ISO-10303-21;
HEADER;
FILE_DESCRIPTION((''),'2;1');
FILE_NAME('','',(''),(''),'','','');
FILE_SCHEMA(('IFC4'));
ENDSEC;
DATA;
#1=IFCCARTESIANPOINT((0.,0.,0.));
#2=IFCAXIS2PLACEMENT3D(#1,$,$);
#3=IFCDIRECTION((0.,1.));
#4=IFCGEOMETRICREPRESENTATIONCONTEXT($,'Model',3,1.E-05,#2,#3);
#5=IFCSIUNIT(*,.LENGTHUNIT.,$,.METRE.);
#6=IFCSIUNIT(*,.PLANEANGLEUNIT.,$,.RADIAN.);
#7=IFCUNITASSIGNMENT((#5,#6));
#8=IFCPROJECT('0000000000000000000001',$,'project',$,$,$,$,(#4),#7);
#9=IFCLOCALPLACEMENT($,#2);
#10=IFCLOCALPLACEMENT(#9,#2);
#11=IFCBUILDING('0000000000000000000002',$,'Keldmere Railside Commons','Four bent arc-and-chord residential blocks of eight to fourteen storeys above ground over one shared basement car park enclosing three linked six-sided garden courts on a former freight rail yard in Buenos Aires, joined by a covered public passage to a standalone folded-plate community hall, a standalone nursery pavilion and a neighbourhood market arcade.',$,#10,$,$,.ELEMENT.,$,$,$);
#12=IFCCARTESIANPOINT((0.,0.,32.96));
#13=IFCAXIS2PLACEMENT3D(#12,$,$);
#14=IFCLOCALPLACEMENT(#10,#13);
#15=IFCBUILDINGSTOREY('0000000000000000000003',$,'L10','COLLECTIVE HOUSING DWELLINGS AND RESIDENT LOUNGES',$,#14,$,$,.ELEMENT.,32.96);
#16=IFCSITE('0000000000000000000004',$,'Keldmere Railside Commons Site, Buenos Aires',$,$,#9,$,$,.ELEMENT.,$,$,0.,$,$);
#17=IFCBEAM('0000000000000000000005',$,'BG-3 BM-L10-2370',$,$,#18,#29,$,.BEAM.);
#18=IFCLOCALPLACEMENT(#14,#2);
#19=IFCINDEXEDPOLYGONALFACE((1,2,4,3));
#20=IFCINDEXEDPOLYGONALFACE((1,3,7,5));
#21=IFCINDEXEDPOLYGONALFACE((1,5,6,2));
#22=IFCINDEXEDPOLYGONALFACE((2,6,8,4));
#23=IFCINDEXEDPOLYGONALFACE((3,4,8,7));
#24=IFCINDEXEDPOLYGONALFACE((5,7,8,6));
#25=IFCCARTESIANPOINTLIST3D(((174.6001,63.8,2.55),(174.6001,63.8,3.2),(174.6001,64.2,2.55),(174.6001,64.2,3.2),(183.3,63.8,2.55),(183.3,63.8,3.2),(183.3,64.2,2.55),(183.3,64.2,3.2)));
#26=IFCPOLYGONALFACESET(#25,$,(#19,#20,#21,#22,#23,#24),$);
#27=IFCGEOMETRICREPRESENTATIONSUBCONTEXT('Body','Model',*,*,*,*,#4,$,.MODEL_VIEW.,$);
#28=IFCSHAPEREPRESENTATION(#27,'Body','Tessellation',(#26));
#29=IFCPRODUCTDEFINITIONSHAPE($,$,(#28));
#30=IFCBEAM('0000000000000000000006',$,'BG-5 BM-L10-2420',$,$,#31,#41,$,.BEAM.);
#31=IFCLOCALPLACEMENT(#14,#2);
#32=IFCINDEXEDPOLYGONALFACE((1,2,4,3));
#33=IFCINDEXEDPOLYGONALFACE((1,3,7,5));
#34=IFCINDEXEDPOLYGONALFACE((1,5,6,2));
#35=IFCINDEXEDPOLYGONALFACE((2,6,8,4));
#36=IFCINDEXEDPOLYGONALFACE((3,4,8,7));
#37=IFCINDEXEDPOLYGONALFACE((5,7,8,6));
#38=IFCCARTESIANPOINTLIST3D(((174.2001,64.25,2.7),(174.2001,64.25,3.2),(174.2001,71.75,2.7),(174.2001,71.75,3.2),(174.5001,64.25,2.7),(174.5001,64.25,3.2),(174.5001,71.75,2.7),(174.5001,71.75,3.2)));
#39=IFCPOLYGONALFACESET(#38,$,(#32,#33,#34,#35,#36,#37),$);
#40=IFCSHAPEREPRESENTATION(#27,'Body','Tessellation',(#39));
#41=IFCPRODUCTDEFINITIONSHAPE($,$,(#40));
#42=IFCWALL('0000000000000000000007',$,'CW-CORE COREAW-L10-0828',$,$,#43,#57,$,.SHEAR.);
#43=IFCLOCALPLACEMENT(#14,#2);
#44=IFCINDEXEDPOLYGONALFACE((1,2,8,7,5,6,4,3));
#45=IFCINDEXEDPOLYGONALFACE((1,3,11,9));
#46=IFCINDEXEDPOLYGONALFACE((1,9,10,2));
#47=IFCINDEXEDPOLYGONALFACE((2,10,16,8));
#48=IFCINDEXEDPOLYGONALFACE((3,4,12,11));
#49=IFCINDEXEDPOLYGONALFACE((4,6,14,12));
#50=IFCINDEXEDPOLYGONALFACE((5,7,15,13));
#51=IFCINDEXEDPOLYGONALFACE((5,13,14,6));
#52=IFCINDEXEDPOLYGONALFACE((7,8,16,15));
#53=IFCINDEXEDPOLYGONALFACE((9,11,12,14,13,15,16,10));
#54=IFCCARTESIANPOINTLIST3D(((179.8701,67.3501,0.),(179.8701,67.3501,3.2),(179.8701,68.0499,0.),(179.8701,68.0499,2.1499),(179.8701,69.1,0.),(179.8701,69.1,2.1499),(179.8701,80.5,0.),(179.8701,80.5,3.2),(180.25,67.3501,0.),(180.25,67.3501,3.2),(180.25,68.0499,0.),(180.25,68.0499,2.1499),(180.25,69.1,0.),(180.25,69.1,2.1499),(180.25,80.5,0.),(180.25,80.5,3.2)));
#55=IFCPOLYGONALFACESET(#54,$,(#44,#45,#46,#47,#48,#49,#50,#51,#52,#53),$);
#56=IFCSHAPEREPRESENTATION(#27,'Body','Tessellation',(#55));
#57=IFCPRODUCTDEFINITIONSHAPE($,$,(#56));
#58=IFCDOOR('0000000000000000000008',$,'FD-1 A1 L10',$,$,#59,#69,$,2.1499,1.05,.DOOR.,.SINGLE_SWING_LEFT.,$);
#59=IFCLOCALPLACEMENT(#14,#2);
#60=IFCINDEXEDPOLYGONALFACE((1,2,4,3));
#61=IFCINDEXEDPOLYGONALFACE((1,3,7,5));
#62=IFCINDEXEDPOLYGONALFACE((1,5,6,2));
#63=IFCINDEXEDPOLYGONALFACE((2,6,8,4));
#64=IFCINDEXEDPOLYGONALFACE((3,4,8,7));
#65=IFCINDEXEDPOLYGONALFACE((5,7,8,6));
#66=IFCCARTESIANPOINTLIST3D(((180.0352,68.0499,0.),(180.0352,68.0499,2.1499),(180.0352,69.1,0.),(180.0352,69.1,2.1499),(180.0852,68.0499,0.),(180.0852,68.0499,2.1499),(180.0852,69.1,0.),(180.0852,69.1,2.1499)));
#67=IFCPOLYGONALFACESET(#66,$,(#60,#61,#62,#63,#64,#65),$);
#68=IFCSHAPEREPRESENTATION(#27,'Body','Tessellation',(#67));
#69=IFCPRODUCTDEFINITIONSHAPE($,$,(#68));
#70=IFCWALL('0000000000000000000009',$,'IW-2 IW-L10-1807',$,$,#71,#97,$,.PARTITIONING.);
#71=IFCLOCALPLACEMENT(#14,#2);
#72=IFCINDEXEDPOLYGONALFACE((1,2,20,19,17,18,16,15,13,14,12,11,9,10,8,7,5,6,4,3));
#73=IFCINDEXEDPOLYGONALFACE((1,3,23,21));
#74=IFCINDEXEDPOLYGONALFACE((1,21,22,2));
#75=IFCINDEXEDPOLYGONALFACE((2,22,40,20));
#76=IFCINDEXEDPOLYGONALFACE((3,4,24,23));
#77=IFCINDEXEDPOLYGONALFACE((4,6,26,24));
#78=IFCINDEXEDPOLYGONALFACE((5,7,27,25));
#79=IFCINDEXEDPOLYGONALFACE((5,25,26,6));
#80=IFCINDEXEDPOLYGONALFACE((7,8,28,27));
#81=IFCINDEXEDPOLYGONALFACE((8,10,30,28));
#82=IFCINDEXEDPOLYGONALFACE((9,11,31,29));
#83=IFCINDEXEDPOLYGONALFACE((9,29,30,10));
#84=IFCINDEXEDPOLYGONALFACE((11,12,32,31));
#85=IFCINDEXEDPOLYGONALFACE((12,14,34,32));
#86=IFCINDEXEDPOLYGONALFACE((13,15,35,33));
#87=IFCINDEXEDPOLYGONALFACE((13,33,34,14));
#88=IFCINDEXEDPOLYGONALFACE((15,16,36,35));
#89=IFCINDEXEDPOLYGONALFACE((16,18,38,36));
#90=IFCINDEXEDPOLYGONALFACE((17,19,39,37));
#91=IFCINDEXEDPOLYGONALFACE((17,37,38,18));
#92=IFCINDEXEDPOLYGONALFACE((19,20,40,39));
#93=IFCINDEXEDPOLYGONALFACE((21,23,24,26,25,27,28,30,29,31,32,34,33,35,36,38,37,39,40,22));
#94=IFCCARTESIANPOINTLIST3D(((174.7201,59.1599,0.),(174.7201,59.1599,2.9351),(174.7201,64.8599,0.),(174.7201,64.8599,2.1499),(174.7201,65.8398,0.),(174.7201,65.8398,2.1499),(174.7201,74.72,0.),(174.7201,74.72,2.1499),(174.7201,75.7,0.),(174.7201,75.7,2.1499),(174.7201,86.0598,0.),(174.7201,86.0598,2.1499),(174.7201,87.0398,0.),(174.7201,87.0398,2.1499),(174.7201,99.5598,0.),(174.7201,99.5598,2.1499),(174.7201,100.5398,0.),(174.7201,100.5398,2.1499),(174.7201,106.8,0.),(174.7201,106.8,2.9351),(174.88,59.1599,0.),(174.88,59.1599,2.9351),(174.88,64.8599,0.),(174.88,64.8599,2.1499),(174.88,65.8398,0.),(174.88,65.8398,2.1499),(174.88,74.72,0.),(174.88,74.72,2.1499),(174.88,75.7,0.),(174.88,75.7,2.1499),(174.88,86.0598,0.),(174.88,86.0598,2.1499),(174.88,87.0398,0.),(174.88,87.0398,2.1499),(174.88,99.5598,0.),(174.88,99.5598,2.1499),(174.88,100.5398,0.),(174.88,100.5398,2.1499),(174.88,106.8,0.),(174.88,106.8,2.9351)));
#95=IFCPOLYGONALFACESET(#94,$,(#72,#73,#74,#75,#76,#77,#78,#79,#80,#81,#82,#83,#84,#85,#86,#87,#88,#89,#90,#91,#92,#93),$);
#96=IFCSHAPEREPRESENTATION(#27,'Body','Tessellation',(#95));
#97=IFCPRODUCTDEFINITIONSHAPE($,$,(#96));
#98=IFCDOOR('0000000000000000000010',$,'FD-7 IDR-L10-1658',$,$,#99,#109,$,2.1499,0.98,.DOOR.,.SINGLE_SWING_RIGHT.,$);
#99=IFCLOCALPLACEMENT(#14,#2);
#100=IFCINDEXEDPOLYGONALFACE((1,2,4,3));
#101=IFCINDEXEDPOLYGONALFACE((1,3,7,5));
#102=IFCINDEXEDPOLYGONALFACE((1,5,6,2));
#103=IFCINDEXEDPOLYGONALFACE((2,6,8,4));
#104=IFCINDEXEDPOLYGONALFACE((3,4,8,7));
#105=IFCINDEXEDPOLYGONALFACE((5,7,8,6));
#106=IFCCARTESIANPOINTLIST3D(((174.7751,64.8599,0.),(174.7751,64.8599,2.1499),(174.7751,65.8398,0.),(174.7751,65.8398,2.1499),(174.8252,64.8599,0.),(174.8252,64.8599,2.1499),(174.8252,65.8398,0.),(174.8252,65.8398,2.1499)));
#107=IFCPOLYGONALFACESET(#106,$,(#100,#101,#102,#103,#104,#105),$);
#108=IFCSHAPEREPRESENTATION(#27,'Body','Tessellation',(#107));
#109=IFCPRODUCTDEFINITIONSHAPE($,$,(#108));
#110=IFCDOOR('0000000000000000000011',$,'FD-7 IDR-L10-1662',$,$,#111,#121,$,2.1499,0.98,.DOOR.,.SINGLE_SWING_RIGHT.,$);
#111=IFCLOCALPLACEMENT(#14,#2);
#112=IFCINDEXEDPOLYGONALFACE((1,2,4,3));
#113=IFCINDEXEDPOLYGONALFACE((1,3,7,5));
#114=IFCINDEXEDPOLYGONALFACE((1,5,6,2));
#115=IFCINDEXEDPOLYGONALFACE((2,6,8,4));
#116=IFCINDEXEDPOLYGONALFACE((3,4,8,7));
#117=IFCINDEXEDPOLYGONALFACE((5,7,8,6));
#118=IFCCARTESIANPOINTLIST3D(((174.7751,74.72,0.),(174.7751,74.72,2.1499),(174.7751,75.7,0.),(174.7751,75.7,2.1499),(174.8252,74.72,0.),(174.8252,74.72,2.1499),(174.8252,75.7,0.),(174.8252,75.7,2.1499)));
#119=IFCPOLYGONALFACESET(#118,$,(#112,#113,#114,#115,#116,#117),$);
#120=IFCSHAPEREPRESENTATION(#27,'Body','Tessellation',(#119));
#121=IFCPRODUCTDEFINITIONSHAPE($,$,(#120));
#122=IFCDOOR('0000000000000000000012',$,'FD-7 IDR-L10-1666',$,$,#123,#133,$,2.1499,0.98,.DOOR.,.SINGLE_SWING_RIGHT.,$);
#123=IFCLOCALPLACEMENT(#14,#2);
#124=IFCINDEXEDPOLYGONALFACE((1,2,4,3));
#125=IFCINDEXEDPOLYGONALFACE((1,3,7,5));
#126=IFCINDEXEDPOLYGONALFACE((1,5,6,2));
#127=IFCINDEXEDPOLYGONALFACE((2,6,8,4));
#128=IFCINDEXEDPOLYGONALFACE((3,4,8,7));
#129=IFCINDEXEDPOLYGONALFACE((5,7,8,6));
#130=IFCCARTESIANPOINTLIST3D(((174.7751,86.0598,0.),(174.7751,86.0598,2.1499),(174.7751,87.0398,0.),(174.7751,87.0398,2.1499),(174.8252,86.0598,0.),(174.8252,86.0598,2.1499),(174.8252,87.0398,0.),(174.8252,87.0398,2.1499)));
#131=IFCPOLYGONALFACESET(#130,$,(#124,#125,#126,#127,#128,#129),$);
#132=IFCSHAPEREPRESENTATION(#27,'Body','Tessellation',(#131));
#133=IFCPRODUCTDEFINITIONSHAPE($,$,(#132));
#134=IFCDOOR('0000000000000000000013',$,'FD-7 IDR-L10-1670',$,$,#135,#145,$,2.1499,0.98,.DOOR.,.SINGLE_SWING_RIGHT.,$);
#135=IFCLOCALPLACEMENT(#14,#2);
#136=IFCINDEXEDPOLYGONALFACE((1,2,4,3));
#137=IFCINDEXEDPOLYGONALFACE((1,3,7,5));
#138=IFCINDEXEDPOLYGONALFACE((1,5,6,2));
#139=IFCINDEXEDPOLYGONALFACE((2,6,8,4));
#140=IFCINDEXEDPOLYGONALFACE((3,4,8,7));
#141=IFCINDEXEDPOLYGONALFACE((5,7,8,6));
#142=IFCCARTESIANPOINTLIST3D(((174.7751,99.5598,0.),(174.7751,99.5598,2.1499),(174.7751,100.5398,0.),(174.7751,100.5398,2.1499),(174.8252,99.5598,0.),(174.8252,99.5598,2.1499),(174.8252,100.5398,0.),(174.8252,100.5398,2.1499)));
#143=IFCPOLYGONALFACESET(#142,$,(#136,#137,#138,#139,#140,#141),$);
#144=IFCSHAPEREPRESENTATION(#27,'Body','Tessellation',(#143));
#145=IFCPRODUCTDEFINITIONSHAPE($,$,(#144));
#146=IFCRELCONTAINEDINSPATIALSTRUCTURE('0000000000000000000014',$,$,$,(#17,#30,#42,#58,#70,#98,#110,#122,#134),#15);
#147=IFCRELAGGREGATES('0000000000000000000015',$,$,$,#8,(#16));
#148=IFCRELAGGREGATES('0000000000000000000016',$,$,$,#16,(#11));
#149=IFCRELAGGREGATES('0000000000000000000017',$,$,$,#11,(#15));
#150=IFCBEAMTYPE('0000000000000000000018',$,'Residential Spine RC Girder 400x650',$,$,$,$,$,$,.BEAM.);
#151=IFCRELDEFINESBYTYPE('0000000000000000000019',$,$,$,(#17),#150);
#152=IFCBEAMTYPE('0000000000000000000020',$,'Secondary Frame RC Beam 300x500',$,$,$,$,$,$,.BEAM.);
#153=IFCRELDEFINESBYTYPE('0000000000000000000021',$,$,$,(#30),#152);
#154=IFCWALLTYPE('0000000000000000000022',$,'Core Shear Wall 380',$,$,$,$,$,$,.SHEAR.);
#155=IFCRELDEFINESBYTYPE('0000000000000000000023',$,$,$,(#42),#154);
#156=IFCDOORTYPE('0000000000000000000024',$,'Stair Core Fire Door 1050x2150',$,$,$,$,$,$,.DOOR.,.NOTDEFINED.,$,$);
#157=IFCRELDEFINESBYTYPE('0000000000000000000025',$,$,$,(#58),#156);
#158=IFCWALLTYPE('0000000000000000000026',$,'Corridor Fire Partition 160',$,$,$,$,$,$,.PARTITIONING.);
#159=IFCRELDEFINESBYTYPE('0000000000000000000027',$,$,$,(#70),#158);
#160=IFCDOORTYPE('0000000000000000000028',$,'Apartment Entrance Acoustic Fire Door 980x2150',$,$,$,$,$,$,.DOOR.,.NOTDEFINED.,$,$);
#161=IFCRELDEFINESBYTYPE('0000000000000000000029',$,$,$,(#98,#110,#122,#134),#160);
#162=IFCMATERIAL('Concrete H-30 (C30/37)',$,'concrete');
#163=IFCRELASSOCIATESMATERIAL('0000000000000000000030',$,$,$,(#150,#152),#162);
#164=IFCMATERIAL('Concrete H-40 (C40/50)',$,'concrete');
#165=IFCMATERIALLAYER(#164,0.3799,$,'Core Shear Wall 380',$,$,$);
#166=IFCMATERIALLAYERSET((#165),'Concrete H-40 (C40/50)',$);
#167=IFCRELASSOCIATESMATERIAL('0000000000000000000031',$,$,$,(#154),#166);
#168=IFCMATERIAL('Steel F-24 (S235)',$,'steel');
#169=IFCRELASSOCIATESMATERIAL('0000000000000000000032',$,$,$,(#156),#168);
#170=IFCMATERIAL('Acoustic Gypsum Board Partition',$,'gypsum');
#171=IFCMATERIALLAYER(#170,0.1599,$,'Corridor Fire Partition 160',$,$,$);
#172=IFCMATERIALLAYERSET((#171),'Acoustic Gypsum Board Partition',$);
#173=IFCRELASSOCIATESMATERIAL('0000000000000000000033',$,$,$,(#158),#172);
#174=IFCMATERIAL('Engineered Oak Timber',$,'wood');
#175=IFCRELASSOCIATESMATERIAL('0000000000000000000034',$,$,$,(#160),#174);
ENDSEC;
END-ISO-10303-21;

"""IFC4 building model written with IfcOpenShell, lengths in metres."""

from ifc_helpers import new_model, si_unit, direction, frame, frame_2d, origin, origin_2d, place, context, subcontext, project, spatial, rectangle, extrude, material, layer, layer_set, material_profile, profile_set, type_object, element, fill, save


model = new_model("IFC4")

# Units and contexts
model_context = context("Model", 3, precision=1e-05, world=origin(), true_north=direction((0.0, 1.0)))
body_context = subcontext(model_context, "Body", "Model", "MODEL_VIEW")
ifc_project = project(units=[si_unit("LENGTHUNIT", "METRE"), si_unit("PLANEANGLEUNIT", "RADIAN")], contexts=[model_context])

# Site, building, storey
site_placement = place(None, origin())
site = spatial("IfcSite", under=ifc_project, at=site_placement, Name="Keldmere Railside Commons Site, Buenos Aires", CompositionType="ELEMENT", RefElevation=0.0)
building_placement = place(site_placement, origin())
building = spatial("IfcBuilding", under=site, at=building_placement, Name="Keldmere Railside Commons", Description="Four bent arc-and-chord residential blocks of eight to fourteen storeys above ground over one shared basement car park enclosing three linked six-sided garden courts on a former freight rail yard in Buenos Aires, joined by a covered public passage to a standalone folded-plate community hall, a standalone nursery pavilion and a neighbourhood market arcade.", CompositionType="ELEMENT")
storey_placement = place(building_placement, frame((0.0, 0.0, 32.96)))
storey = spatial("IfcBuildingStorey", under=building, at=storey_placement, Name="L10", Description="COLLECTIVE HOUSING DWELLINGS AND RESIDENT LOUNGES", CompositionType="ELEMENT", Elevation=32.96)

# Beams
ifc_material_1 = material(Name="Concrete H-30 (C30/37)", Category="concrete")
ifc_material_profile_1 = material_profile(ifc_material_1, rectangle(XDim=0.3999, YDim=0.6499, at=origin_2d()), Name="RC-400x650")
ifc_profile_set_1 = profile_set([ifc_material_profile_1], Name="Concrete H-30 (C30/37)")
beam_type_1 = type_object("IfcBeamType", Name="Residential Spine RC Girder 400x650", PredefinedType="BEAM", material=ifc_profile_set_1)
beam_1_placement = place(storey_placement, frame((174.6001, 64.0, 2.875), z_axis=(1.0, 0.0, 0.0), x_axis=(0.0, 1.0, 0.0)))
element("IfcBeam", 1, at=beam_1_placement, inside=storey, type_object=beam_type_1, Name="BG-3 BM-L10-2370", PredefinedType="BEAM", context=body_context, shape_type="SweptSolid", body=[
    extrude(rectangle(XDim=0.3999, YDim=0.6499, at=origin_2d()), origin(), (0.0, 0.0, 1.0), 8.7),
])
ifc_material_profile_2 = material_profile(ifc_material_1, rectangle(XDim=0.3, YDim=0.5, at=origin_2d()), Name="RC-300x500")
ifc_profile_set_2 = profile_set([ifc_material_profile_2], Name="Concrete H-30 (C30/37)")
beam_type_2 = type_object("IfcBeamType", Name="Secondary Frame RC Beam 300x500", PredefinedType="BEAM", material=ifc_profile_set_2)
beam_2_placement = place(storey_placement, frame((174.3501, 64.25, 2.95), z_axis=(0.0, 1.0, 0.0), x_axis=(-1.0, 0.0, 0.0)))
element("IfcBeam", 2, at=beam_2_placement, inside=storey, type_object=beam_type_2, Name="BG-5 BM-L10-2420", PredefinedType="BEAM", context=body_context, shape_type="SweptSolid", body=[
    extrude(rectangle(XDim=0.3, YDim=0.5, at=origin_2d()), origin(), (0.0, 0.0, 1.0), 7.5),
])

# Wall, opening, door
ifc_material_2 = material(Name="Concrete H-40 (C40/50)", Category="concrete")
ifc_layer_1 = layer(ifc_material_2, 0.3799, Name="Core Shear Wall 380")
ifc_layer_set_1 = layer_set([ifc_layer_1], Name="Concrete H-40 (C40/50)")
wall_type_1 = type_object("IfcWallType", Name="Core Shear Wall 380", PredefinedType="SHEAR", material=ifc_layer_set_1)
wall_1_placement = place(storey_placement, frame((180.0601, 67.3501, 0.0), z_axis=(0.0, 0.0, 1.0), x_axis=(0.0, 1.0, 0.0)))
wall_1 = element("IfcWall", 3, at=wall_1_placement, inside=storey, type_object=wall_type_1, Name="CW-CORE COREAW-L10-0828", PredefinedType="SHEAR", context=body_context, shape_type="SweptSolid", body=[
    extrude(rectangle(XDim=13.1499, YDim=0.3799, at=frame_2d((6.575, 0.0))), origin(), (0.0, 0.0, 1.0), 3.2),
])
opening_1_placement = place(wall_1_placement, frame((0.7, 0.0, 0.0)))
opening_1 = element("IfcOpeningElement", 4, at=opening_1_placement, cuts=wall_1, PredefinedType="OPENING", context=body_context, shape_type="SweptSolid", body=[
    extrude(rectangle(XDim=1.05, YDim=2.1499, at=frame_2d((0.5249, 1.075))), frame((0.0, 0.2, 0.0), z_axis=(0.0, -1.0, 0.0), x_axis=(1.0, 0.0, 0.0)), (0.0, 0.0, 1.0), 0.3999),
])
ifc_material_3 = material(Name="Steel F-24 (S235)", Category="steel")
door_type_1 = type_object("IfcDoorType", Name="Stair Core Fire Door 1050x2150", OperationType="NOTDEFINED", PredefinedType="DOOR", material=ifc_material_3)
door_1_placement = place(opening_1_placement, origin())
door_1 = element("IfcDoor", 5, at=door_1_placement, inside=storey, type_object=door_type_1, Name="FD-1 A1 L10", OperationType="SINGLE_SWING_LEFT", OverallHeight=2.1499, OverallWidth=1.05, PredefinedType="DOOR", context=body_context, shape_type="SweptSolid", body=[
    extrude(rectangle(XDim=1.05, YDim=2.1499, at=frame_2d((0.5249, 1.075))), frame((0.0, 0.0249, 0.0), z_axis=(0.0, -1.0, 0.0), x_axis=(1.0, 0.0, 0.0)), (0.0, 0.0, 1.0), 0.05),
])
fill(opening_1, door_1)

# Wall, openings, doors
ifc_material_4 = material(Name="Acoustic Gypsum Board Partition", Category="gypsum")
ifc_layer_2 = layer(ifc_material_4, 0.1599, Name="Corridor Fire Partition 160")
ifc_layer_set_2 = layer_set([ifc_layer_2], Name="Acoustic Gypsum Board Partition")
wall_type_2 = type_object("IfcWallType", Name="Corridor Fire Partition 160", PredefinedType="PARTITIONING", material=ifc_layer_set_2)
wall_2_placement = place(storey_placement, frame((174.8, 59.1599, 0.0), z_axis=(0.0, 0.0, 1.0), x_axis=(0.0, 1.0, 0.0)))
wall_2 = element("IfcWall", 6, at=wall_2_placement, inside=storey, type_object=wall_type_2, Name="IW-2 IW-L10-1807", PredefinedType="PARTITIONING", context=body_context, shape_type="SweptSolid", body=[
    extrude(rectangle(XDim=47.6401, YDim=0.1599, at=frame_2d((23.8201, 0.0))), origin(), (0.0, 0.0, 1.0), 2.9351),
])
opening_2_placement = place(wall_2_placement, frame((5.7, 0.0, 0.0)))
opening_2 = element("IfcOpeningElement", 7, at=opening_2_placement, cuts=wall_2, PredefinedType="OPENING", context=body_context, shape_type="SweptSolid", body=[
    extrude(rectangle(XDim=0.98, YDim=2.1499, at=frame_2d((0.49, 1.075))), frame((0.0, 0.0898, 0.0), z_axis=(0.0, -1.0, 0.0), x_axis=(1.0, 0.0, 0.0)), (0.0, 0.0, 1.0), 0.1799),
])
opening_3_placement = place(wall_2_placement, frame((15.5601, 0.0, 0.0)))
opening_3 = element("IfcOpeningElement", 8, at=opening_3_placement, cuts=wall_2, PredefinedType="OPENING", context=body_context, shape_type="SweptSolid", body=[
    extrude(rectangle(XDim=0.98, YDim=2.1499, at=frame_2d((0.49, 1.075))), frame((0.0, 0.0898, 0.0), z_axis=(0.0, -1.0, 0.0), x_axis=(1.0, 0.0, 0.0)), (0.0, 0.0, 1.0), 0.1799),
])
opening_4_placement = place(wall_2_placement, frame((26.8999, 0.0, 0.0)))
opening_4 = element("IfcOpeningElement", 9, at=opening_4_placement, cuts=wall_2, PredefinedType="OPENING", context=body_context, shape_type="SweptSolid", body=[
    extrude(rectangle(XDim=0.98, YDim=2.1499, at=frame_2d((0.49, 1.075))), frame((0.0, 0.0898, 0.0), z_axis=(0.0, -1.0, 0.0), x_axis=(1.0, 0.0, 0.0)), (0.0, 0.0, 1.0), 0.1799),
])
opening_5_placement = place(wall_2_placement, frame((40.3999, 0.0, 0.0)))
opening_5 = element("IfcOpeningElement", 10, at=opening_5_placement, cuts=wall_2, PredefinedType="OPENING", context=body_context, shape_type="SweptSolid", body=[
    extrude(rectangle(XDim=0.98, YDim=2.1499, at=frame_2d((0.49, 1.075))), frame((0.0, 0.0898, 0.0), z_axis=(0.0, -1.0, 0.0), x_axis=(1.0, 0.0, 0.0)), (0.0, 0.0, 1.0), 0.1799),
])
ifc_material_5 = material(Name="Engineered Oak Timber", Category="wood")
door_type_2 = type_object("IfcDoorType", Name="Apartment Entrance Acoustic Fire Door 980x2150", OperationType="NOTDEFINED", PredefinedType="DOOR", material=ifc_material_5)
door_2_placement = place(opening_2_placement, origin())
door_2 = element("IfcDoor", 11, at=door_2_placement, inside=storey, type_object=door_type_2, Name="FD-7 IDR-L10-1658", OperationType="SINGLE_SWING_RIGHT", OverallHeight=2.1499, OverallWidth=0.98, PredefinedType="DOOR", context=body_context, shape_type="SweptSolid", body=[
    extrude(rectangle(XDim=0.98, YDim=2.1499, at=frame_2d((0.49, 1.075))), frame((0.0, 0.0249, 0.0), z_axis=(0.0, -1.0, 0.0), x_axis=(1.0, 0.0, 0.0)), (0.0, 0.0, 1.0), 0.05),
])
fill(opening_2, door_2)
door_3_placement = place(opening_3_placement, origin())
door_3 = element("IfcDoor", 12, at=door_3_placement, inside=storey, type_object=door_type_2, Name="FD-7 IDR-L10-1662", OperationType="SINGLE_SWING_RIGHT", OverallHeight=2.1499, OverallWidth=0.98, PredefinedType="DOOR", context=body_context, shape_type="SweptSolid", body=[
    extrude(rectangle(XDim=0.98, YDim=2.1499, at=frame_2d((0.49, 1.075))), frame((0.0, 0.0249, 0.0), z_axis=(0.0, -1.0, 0.0), x_axis=(1.0, 0.0, 0.0)), (0.0, 0.0, 1.0), 0.05),
])
fill(opening_3, door_3)
door_4_placement = place(opening_4_placement, origin())
door_4 = element("IfcDoor", 13, at=door_4_placement, inside=storey, type_object=door_type_2, Name="FD-7 IDR-L10-1666", OperationType="SINGLE_SWING_RIGHT", OverallHeight=2.1499, OverallWidth=0.98, PredefinedType="DOOR", context=body_context, shape_type="SweptSolid", body=[
    extrude(rectangle(XDim=0.98, YDim=2.1499, at=frame_2d((0.49, 1.075))), frame((0.0, 0.0249, 0.0), z_axis=(0.0, -1.0, 0.0), x_axis=(1.0, 0.0, 0.0)), (0.0, 0.0, 1.0), 0.05),
])
fill(opening_4, door_4)
door_5_placement = place(opening_5_placement, origin())
door_5 = element("IfcDoor", 14, at=door_5_placement, inside=storey, type_object=door_type_2, Name="FD-7 IDR-L10-1670", OperationType="SINGLE_SWING_RIGHT", OverallHeight=2.1499, OverallWidth=0.98, PredefinedType="DOOR", context=body_context, shape_type="SweptSolid", body=[
    extrude(rectangle(XDim=0.98, YDim=2.1499, at=frame_2d((0.49, 1.075))), frame((0.0, 0.0249, 0.0), z_axis=(0.0, -1.0, 0.0), x_axis=(1.0, 0.0, 0.0)), (0.0, 0.0, 1.0), 0.05),
])
fill(opening_5, door_5)

save(model, "model.ifc")
